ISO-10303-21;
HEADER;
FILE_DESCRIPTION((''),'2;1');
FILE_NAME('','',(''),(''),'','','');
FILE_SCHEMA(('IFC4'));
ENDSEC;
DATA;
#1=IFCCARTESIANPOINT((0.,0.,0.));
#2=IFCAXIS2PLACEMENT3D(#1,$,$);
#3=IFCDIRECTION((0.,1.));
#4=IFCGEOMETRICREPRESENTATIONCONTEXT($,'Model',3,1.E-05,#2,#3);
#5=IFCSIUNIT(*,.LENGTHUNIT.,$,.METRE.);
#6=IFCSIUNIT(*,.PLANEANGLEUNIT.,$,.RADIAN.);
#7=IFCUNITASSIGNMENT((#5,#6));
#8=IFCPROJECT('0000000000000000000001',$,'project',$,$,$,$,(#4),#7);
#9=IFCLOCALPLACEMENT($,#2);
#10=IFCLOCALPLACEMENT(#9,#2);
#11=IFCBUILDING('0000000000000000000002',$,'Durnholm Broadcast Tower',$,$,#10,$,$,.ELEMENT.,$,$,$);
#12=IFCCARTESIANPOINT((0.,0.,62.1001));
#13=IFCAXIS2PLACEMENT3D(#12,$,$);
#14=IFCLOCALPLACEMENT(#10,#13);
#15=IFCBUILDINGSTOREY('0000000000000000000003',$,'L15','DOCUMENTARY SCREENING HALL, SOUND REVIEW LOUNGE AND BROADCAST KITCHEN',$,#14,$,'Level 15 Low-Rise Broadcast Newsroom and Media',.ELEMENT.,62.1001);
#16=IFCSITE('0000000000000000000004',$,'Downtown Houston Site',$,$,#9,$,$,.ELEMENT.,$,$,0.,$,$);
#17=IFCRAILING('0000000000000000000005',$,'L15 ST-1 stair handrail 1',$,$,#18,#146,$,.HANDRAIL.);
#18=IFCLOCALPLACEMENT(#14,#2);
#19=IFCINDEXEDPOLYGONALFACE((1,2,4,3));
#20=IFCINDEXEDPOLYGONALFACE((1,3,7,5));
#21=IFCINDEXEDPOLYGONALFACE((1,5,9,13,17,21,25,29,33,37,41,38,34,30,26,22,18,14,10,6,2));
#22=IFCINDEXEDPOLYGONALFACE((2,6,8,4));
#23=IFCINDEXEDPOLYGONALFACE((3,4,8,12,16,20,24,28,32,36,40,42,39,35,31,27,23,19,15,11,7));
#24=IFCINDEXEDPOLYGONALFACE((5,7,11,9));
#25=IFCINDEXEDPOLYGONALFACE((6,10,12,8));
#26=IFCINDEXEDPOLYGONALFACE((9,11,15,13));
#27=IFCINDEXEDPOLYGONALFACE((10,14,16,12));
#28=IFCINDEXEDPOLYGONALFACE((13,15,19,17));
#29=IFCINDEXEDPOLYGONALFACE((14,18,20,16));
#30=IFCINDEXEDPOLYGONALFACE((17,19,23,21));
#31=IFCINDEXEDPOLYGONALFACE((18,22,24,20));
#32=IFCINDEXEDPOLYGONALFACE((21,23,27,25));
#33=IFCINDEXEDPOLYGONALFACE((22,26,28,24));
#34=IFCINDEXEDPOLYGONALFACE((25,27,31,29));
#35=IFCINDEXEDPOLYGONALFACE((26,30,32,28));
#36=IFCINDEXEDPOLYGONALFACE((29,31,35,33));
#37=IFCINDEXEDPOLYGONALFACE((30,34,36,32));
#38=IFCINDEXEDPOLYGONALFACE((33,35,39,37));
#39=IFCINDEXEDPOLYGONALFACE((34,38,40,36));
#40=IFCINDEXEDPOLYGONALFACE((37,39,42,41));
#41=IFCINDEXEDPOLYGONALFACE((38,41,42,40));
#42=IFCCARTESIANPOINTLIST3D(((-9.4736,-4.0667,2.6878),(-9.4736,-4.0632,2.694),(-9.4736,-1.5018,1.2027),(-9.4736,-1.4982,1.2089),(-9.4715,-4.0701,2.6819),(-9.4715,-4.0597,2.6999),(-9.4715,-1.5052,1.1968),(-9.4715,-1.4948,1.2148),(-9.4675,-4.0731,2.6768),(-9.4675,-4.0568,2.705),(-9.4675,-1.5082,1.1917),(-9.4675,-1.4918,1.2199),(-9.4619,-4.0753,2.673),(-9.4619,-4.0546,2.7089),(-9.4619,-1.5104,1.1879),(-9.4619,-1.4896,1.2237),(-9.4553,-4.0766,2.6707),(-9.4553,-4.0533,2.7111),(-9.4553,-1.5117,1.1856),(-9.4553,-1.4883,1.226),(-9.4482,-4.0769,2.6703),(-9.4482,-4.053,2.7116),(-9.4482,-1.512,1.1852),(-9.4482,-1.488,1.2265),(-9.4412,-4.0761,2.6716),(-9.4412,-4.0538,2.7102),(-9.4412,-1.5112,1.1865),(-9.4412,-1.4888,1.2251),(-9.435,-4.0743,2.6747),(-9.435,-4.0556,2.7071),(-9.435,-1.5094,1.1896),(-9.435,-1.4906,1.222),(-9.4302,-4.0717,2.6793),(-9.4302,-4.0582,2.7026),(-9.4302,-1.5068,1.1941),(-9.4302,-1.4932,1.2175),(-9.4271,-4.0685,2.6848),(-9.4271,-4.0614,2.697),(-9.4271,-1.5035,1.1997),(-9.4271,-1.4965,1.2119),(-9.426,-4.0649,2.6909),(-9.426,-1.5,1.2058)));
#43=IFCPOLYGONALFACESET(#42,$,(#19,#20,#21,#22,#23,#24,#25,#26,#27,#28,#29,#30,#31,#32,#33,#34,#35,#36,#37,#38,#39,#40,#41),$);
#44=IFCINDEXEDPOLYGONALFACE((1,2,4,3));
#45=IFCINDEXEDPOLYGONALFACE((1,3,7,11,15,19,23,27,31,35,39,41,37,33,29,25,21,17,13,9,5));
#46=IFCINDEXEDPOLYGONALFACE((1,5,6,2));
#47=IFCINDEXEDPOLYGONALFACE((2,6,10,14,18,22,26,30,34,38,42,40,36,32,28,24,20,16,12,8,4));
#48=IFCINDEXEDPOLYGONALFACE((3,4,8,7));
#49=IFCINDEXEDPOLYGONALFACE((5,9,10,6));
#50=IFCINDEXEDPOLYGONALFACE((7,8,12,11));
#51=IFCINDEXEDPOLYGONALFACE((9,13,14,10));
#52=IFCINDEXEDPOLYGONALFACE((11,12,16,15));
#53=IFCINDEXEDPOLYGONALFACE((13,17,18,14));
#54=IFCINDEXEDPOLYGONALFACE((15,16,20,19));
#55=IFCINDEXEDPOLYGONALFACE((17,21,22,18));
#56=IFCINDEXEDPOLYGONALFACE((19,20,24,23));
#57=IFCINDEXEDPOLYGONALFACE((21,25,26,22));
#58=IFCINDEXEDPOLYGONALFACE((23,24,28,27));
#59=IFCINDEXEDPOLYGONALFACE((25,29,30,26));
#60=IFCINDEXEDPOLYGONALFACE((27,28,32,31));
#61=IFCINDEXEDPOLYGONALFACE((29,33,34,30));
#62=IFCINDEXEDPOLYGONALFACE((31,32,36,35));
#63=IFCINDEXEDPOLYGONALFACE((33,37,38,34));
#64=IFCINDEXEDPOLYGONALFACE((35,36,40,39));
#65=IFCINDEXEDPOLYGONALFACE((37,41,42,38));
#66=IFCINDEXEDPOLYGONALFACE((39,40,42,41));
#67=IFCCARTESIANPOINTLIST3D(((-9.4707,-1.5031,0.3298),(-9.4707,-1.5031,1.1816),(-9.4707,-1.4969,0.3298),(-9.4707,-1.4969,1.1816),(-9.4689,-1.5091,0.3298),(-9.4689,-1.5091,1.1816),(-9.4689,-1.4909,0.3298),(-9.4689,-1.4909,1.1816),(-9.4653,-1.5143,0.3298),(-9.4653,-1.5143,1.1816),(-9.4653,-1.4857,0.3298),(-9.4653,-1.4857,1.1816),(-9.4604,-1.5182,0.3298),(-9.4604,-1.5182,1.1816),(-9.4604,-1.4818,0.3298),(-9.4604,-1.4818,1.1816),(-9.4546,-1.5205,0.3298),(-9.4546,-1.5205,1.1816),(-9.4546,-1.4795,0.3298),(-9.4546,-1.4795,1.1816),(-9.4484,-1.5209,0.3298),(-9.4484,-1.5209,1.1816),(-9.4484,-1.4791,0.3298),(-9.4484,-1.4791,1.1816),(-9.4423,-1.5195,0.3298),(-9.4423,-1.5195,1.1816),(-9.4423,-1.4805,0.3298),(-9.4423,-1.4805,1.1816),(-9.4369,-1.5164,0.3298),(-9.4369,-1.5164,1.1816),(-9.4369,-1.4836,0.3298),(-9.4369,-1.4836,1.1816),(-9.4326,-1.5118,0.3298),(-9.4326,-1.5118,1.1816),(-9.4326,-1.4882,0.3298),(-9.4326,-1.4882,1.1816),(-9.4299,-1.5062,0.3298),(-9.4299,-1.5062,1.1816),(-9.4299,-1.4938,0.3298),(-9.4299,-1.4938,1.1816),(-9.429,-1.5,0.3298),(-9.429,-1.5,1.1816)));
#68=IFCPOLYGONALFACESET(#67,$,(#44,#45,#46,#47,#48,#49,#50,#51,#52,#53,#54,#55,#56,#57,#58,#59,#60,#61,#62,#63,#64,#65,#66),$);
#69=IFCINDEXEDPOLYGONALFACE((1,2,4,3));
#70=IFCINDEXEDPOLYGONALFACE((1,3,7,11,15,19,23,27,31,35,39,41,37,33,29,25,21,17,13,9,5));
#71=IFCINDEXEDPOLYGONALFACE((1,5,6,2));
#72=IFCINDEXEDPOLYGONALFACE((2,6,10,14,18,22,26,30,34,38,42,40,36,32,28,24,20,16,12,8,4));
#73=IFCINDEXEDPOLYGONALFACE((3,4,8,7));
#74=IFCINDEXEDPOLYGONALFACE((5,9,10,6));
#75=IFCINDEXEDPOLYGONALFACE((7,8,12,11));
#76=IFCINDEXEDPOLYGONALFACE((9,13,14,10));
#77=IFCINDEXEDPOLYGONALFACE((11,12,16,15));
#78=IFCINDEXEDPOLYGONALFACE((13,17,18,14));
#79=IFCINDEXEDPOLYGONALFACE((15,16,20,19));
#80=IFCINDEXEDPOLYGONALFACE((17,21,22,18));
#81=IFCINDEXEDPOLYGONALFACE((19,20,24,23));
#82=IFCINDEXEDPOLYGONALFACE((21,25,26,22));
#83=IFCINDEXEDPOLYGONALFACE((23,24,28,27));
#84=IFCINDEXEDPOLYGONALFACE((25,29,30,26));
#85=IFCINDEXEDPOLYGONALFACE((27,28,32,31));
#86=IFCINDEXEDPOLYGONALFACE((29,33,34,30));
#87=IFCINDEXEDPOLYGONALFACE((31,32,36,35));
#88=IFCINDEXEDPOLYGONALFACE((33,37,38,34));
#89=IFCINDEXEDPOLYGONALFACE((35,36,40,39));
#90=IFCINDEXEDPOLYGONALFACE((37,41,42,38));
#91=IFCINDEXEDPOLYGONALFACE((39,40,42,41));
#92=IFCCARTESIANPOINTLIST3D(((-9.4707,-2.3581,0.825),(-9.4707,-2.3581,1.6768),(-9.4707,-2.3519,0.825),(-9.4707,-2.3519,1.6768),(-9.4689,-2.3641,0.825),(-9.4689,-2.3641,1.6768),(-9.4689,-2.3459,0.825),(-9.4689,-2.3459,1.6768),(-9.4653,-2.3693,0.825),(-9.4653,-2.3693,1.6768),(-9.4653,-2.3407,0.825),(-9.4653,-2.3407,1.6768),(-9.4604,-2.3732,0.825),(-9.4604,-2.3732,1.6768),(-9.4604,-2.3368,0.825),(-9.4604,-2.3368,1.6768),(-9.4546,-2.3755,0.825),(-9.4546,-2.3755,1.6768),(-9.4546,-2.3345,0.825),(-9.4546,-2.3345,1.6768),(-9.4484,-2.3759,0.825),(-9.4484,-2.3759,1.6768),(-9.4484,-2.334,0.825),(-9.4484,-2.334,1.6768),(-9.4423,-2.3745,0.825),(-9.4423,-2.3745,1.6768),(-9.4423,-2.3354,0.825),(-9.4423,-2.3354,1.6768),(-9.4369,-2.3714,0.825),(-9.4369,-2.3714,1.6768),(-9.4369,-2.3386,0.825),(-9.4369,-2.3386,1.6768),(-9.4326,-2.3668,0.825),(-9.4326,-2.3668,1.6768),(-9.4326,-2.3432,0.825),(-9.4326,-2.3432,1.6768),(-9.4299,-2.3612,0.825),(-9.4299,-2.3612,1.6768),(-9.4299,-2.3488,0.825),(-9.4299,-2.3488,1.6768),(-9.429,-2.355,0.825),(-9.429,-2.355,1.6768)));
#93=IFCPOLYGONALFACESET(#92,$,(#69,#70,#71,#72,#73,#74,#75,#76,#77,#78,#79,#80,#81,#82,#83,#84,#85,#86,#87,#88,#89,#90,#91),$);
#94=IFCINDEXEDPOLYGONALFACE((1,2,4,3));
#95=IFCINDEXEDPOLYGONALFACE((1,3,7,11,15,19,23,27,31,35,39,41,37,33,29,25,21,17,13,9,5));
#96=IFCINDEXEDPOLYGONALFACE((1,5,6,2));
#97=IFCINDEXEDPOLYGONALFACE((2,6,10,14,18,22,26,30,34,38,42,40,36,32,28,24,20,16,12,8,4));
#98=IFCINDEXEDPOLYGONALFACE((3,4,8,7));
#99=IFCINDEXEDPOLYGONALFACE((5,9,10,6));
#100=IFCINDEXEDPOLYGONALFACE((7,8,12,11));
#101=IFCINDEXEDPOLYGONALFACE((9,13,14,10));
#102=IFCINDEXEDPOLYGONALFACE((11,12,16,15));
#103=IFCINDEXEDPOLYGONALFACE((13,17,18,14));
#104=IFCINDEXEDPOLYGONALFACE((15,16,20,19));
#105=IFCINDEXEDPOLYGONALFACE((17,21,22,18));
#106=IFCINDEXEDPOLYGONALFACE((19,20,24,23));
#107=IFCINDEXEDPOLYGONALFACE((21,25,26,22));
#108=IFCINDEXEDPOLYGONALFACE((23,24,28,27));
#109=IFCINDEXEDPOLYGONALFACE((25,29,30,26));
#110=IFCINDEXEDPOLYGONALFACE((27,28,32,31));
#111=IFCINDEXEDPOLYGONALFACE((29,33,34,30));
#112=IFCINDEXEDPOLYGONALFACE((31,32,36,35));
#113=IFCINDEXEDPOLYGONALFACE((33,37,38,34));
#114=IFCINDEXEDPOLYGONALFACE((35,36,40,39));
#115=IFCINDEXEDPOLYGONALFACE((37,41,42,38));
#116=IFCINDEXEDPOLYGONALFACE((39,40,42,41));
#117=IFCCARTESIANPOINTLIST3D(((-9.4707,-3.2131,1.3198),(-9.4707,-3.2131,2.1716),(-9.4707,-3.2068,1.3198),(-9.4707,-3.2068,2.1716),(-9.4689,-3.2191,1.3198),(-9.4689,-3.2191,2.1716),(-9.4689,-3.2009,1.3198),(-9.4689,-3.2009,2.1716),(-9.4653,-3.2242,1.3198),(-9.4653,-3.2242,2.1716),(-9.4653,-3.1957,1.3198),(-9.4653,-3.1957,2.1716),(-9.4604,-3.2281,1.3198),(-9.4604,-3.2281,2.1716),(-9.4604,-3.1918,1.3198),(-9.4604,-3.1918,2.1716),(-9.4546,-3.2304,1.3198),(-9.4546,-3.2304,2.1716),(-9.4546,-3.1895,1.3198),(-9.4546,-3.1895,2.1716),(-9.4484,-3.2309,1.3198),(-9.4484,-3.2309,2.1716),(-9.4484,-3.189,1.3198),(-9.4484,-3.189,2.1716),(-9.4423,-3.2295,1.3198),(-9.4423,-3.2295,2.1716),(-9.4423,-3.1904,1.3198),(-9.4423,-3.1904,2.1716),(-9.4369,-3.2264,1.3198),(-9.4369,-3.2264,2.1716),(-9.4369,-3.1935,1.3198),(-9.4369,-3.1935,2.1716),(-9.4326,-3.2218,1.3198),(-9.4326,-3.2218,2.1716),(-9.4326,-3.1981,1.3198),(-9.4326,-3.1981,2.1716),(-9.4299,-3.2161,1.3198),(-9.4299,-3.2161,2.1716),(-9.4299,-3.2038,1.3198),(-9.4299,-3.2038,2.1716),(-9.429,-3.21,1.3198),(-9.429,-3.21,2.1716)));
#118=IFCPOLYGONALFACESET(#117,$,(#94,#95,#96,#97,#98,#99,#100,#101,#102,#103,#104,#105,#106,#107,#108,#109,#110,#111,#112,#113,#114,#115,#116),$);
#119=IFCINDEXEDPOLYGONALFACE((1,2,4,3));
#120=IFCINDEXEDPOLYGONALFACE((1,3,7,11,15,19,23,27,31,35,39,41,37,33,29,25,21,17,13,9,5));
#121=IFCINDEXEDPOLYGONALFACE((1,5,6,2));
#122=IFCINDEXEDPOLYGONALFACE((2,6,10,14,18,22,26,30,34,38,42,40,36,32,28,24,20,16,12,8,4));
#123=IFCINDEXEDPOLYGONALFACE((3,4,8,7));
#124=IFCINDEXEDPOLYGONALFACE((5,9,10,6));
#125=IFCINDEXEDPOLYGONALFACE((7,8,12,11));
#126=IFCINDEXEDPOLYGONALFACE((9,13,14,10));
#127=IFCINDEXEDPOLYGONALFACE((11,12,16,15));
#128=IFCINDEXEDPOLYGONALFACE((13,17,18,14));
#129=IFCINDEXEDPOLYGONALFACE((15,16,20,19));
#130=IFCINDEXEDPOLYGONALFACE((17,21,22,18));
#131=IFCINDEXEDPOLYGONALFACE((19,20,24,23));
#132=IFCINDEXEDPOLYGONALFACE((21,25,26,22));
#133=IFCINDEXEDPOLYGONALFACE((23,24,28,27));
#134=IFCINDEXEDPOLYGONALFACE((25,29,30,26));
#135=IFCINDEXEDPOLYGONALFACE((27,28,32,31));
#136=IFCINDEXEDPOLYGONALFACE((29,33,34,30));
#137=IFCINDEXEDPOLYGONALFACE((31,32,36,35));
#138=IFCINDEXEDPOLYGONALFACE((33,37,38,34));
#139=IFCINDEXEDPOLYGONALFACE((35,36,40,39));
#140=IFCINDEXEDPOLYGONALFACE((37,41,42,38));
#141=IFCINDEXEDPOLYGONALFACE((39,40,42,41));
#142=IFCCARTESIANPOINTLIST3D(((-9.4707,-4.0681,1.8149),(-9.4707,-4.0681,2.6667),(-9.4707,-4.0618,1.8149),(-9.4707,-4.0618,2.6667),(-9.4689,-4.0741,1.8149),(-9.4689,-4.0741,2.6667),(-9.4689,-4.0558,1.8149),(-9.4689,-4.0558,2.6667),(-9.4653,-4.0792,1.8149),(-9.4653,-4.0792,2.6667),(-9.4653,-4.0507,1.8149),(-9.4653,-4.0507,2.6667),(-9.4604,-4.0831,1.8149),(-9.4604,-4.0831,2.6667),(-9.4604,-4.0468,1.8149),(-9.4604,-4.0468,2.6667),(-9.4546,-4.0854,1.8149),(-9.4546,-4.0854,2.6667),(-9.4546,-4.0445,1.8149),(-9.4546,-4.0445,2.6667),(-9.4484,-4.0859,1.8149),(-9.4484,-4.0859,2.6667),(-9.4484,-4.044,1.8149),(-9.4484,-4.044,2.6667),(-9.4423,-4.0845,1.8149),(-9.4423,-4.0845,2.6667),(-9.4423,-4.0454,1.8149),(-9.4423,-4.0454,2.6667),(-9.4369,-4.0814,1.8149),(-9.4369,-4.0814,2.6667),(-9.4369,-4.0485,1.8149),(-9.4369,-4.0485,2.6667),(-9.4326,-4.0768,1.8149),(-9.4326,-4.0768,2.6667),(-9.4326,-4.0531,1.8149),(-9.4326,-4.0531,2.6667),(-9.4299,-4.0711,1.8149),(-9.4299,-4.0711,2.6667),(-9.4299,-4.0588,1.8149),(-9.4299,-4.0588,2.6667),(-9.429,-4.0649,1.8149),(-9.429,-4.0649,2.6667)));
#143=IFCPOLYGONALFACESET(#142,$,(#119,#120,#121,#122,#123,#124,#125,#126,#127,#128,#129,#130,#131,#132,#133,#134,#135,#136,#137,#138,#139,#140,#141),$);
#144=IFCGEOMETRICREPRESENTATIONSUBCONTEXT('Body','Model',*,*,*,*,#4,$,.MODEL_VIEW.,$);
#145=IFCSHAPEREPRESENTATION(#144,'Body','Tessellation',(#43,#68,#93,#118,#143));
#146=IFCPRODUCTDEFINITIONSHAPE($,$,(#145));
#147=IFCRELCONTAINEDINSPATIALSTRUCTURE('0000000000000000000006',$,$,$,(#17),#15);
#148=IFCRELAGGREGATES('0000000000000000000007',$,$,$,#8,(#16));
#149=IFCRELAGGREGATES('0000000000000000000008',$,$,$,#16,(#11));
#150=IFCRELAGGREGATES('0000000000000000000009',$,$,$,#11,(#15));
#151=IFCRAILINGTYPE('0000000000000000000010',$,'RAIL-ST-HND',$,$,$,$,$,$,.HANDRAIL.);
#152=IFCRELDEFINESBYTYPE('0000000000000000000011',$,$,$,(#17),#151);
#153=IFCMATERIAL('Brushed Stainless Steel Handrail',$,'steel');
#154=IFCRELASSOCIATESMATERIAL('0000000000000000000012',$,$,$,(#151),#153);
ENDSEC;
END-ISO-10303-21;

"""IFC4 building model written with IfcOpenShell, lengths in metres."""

from ifc_helpers import new_model, si_unit, direction, frame, origin, origin_2d, place, context, subcontext, project, spatial, circle, extrude, material, type_object, element, save


model = new_model("IFC4")

# Units and contexts
model_context = context("Model", 3, precision=1e-05, world=origin(), true_north=direction((0.0, 1.0)))
body_context = subcontext(model_context, "Body", "Model", "MODEL_VIEW")
ifc_project = project(units=[si_unit("LENGTHUNIT", "METRE"), si_unit("PLANEANGLEUNIT", "RADIAN")], contexts=[model_context])

# Site, building, storey
site_placement = place(None, origin())
site = spatial("IfcSite", under=ifc_project, at=site_placement, Name="Downtown Houston Site", CompositionType="ELEMENT", RefElevation=0.0)
building_placement = place(site_placement, origin())
building = spatial("IfcBuilding", under=site, at=building_placement, Name="Durnholm Broadcast Tower", CompositionType="ELEMENT")
storey_placement = place(building_placement, frame((0.0, 0.0, 62.1001)))
storey = spatial("IfcBuildingStorey", under=building, at=storey_placement, Name="L15", Description="DOCUMENTARY SCREENING HALL, SOUND REVIEW LOUNGE AND BROADCAST KITCHEN", LongName="Level 15 Low-Rise Broadcast Newsroom and Media", CompositionType="ELEMENT", Elevation=62.1001)

# Railing
ifc_material_1 = material(Name="Brushed Stainless Steel Handrail", Category="steel")
railing_type_1 = type_object("IfcRailingType", Name="RAIL-ST-HND", PredefinedType="HANDRAIL", material=ifc_material_1)
railing_1_placement = place(storey_placement, frame((-9.45, -1.5, 0.3298)))
element("IfcRailing", 1, at=railing_1_placement, inside=storey, type_object=railing_type_1, Name="L15 ST-1 stair handrail 1", PredefinedType="HANDRAIL", context=body_context, shape_type="SweptSolid", body=[
    extrude(circle(Radius=0.0239, at=origin_2d()), frame((0.0, 0.0, 0.876), z_axis=(0.0, -0.865406, 0.501072), x_axis=(1.0, 0.0, 0.0)), (0.0, 0.0, 1.0), 2.9639),
    extrude(circle(Radius=0.021, at=origin_2d()), origin(), (0.0, 0.0, 1.0), 0.8518),
    extrude(circle(Radius=0.021, at=origin_2d()), frame((0.0, -0.855, 0.4951)), (0.0, 0.0, 1.0), 0.8518),
    extrude(circle(Radius=0.021, at=origin_2d()), frame((0.0, -1.71, 0.99)), (0.0, 0.0, 1.0), 0.8518),
    extrude(circle(Radius=0.021, at=origin_2d()), frame((0.0, -2.5649, 1.4851)), (0.0, 0.0, 1.0), 0.8518),
])

save(model, "model.ifc")
